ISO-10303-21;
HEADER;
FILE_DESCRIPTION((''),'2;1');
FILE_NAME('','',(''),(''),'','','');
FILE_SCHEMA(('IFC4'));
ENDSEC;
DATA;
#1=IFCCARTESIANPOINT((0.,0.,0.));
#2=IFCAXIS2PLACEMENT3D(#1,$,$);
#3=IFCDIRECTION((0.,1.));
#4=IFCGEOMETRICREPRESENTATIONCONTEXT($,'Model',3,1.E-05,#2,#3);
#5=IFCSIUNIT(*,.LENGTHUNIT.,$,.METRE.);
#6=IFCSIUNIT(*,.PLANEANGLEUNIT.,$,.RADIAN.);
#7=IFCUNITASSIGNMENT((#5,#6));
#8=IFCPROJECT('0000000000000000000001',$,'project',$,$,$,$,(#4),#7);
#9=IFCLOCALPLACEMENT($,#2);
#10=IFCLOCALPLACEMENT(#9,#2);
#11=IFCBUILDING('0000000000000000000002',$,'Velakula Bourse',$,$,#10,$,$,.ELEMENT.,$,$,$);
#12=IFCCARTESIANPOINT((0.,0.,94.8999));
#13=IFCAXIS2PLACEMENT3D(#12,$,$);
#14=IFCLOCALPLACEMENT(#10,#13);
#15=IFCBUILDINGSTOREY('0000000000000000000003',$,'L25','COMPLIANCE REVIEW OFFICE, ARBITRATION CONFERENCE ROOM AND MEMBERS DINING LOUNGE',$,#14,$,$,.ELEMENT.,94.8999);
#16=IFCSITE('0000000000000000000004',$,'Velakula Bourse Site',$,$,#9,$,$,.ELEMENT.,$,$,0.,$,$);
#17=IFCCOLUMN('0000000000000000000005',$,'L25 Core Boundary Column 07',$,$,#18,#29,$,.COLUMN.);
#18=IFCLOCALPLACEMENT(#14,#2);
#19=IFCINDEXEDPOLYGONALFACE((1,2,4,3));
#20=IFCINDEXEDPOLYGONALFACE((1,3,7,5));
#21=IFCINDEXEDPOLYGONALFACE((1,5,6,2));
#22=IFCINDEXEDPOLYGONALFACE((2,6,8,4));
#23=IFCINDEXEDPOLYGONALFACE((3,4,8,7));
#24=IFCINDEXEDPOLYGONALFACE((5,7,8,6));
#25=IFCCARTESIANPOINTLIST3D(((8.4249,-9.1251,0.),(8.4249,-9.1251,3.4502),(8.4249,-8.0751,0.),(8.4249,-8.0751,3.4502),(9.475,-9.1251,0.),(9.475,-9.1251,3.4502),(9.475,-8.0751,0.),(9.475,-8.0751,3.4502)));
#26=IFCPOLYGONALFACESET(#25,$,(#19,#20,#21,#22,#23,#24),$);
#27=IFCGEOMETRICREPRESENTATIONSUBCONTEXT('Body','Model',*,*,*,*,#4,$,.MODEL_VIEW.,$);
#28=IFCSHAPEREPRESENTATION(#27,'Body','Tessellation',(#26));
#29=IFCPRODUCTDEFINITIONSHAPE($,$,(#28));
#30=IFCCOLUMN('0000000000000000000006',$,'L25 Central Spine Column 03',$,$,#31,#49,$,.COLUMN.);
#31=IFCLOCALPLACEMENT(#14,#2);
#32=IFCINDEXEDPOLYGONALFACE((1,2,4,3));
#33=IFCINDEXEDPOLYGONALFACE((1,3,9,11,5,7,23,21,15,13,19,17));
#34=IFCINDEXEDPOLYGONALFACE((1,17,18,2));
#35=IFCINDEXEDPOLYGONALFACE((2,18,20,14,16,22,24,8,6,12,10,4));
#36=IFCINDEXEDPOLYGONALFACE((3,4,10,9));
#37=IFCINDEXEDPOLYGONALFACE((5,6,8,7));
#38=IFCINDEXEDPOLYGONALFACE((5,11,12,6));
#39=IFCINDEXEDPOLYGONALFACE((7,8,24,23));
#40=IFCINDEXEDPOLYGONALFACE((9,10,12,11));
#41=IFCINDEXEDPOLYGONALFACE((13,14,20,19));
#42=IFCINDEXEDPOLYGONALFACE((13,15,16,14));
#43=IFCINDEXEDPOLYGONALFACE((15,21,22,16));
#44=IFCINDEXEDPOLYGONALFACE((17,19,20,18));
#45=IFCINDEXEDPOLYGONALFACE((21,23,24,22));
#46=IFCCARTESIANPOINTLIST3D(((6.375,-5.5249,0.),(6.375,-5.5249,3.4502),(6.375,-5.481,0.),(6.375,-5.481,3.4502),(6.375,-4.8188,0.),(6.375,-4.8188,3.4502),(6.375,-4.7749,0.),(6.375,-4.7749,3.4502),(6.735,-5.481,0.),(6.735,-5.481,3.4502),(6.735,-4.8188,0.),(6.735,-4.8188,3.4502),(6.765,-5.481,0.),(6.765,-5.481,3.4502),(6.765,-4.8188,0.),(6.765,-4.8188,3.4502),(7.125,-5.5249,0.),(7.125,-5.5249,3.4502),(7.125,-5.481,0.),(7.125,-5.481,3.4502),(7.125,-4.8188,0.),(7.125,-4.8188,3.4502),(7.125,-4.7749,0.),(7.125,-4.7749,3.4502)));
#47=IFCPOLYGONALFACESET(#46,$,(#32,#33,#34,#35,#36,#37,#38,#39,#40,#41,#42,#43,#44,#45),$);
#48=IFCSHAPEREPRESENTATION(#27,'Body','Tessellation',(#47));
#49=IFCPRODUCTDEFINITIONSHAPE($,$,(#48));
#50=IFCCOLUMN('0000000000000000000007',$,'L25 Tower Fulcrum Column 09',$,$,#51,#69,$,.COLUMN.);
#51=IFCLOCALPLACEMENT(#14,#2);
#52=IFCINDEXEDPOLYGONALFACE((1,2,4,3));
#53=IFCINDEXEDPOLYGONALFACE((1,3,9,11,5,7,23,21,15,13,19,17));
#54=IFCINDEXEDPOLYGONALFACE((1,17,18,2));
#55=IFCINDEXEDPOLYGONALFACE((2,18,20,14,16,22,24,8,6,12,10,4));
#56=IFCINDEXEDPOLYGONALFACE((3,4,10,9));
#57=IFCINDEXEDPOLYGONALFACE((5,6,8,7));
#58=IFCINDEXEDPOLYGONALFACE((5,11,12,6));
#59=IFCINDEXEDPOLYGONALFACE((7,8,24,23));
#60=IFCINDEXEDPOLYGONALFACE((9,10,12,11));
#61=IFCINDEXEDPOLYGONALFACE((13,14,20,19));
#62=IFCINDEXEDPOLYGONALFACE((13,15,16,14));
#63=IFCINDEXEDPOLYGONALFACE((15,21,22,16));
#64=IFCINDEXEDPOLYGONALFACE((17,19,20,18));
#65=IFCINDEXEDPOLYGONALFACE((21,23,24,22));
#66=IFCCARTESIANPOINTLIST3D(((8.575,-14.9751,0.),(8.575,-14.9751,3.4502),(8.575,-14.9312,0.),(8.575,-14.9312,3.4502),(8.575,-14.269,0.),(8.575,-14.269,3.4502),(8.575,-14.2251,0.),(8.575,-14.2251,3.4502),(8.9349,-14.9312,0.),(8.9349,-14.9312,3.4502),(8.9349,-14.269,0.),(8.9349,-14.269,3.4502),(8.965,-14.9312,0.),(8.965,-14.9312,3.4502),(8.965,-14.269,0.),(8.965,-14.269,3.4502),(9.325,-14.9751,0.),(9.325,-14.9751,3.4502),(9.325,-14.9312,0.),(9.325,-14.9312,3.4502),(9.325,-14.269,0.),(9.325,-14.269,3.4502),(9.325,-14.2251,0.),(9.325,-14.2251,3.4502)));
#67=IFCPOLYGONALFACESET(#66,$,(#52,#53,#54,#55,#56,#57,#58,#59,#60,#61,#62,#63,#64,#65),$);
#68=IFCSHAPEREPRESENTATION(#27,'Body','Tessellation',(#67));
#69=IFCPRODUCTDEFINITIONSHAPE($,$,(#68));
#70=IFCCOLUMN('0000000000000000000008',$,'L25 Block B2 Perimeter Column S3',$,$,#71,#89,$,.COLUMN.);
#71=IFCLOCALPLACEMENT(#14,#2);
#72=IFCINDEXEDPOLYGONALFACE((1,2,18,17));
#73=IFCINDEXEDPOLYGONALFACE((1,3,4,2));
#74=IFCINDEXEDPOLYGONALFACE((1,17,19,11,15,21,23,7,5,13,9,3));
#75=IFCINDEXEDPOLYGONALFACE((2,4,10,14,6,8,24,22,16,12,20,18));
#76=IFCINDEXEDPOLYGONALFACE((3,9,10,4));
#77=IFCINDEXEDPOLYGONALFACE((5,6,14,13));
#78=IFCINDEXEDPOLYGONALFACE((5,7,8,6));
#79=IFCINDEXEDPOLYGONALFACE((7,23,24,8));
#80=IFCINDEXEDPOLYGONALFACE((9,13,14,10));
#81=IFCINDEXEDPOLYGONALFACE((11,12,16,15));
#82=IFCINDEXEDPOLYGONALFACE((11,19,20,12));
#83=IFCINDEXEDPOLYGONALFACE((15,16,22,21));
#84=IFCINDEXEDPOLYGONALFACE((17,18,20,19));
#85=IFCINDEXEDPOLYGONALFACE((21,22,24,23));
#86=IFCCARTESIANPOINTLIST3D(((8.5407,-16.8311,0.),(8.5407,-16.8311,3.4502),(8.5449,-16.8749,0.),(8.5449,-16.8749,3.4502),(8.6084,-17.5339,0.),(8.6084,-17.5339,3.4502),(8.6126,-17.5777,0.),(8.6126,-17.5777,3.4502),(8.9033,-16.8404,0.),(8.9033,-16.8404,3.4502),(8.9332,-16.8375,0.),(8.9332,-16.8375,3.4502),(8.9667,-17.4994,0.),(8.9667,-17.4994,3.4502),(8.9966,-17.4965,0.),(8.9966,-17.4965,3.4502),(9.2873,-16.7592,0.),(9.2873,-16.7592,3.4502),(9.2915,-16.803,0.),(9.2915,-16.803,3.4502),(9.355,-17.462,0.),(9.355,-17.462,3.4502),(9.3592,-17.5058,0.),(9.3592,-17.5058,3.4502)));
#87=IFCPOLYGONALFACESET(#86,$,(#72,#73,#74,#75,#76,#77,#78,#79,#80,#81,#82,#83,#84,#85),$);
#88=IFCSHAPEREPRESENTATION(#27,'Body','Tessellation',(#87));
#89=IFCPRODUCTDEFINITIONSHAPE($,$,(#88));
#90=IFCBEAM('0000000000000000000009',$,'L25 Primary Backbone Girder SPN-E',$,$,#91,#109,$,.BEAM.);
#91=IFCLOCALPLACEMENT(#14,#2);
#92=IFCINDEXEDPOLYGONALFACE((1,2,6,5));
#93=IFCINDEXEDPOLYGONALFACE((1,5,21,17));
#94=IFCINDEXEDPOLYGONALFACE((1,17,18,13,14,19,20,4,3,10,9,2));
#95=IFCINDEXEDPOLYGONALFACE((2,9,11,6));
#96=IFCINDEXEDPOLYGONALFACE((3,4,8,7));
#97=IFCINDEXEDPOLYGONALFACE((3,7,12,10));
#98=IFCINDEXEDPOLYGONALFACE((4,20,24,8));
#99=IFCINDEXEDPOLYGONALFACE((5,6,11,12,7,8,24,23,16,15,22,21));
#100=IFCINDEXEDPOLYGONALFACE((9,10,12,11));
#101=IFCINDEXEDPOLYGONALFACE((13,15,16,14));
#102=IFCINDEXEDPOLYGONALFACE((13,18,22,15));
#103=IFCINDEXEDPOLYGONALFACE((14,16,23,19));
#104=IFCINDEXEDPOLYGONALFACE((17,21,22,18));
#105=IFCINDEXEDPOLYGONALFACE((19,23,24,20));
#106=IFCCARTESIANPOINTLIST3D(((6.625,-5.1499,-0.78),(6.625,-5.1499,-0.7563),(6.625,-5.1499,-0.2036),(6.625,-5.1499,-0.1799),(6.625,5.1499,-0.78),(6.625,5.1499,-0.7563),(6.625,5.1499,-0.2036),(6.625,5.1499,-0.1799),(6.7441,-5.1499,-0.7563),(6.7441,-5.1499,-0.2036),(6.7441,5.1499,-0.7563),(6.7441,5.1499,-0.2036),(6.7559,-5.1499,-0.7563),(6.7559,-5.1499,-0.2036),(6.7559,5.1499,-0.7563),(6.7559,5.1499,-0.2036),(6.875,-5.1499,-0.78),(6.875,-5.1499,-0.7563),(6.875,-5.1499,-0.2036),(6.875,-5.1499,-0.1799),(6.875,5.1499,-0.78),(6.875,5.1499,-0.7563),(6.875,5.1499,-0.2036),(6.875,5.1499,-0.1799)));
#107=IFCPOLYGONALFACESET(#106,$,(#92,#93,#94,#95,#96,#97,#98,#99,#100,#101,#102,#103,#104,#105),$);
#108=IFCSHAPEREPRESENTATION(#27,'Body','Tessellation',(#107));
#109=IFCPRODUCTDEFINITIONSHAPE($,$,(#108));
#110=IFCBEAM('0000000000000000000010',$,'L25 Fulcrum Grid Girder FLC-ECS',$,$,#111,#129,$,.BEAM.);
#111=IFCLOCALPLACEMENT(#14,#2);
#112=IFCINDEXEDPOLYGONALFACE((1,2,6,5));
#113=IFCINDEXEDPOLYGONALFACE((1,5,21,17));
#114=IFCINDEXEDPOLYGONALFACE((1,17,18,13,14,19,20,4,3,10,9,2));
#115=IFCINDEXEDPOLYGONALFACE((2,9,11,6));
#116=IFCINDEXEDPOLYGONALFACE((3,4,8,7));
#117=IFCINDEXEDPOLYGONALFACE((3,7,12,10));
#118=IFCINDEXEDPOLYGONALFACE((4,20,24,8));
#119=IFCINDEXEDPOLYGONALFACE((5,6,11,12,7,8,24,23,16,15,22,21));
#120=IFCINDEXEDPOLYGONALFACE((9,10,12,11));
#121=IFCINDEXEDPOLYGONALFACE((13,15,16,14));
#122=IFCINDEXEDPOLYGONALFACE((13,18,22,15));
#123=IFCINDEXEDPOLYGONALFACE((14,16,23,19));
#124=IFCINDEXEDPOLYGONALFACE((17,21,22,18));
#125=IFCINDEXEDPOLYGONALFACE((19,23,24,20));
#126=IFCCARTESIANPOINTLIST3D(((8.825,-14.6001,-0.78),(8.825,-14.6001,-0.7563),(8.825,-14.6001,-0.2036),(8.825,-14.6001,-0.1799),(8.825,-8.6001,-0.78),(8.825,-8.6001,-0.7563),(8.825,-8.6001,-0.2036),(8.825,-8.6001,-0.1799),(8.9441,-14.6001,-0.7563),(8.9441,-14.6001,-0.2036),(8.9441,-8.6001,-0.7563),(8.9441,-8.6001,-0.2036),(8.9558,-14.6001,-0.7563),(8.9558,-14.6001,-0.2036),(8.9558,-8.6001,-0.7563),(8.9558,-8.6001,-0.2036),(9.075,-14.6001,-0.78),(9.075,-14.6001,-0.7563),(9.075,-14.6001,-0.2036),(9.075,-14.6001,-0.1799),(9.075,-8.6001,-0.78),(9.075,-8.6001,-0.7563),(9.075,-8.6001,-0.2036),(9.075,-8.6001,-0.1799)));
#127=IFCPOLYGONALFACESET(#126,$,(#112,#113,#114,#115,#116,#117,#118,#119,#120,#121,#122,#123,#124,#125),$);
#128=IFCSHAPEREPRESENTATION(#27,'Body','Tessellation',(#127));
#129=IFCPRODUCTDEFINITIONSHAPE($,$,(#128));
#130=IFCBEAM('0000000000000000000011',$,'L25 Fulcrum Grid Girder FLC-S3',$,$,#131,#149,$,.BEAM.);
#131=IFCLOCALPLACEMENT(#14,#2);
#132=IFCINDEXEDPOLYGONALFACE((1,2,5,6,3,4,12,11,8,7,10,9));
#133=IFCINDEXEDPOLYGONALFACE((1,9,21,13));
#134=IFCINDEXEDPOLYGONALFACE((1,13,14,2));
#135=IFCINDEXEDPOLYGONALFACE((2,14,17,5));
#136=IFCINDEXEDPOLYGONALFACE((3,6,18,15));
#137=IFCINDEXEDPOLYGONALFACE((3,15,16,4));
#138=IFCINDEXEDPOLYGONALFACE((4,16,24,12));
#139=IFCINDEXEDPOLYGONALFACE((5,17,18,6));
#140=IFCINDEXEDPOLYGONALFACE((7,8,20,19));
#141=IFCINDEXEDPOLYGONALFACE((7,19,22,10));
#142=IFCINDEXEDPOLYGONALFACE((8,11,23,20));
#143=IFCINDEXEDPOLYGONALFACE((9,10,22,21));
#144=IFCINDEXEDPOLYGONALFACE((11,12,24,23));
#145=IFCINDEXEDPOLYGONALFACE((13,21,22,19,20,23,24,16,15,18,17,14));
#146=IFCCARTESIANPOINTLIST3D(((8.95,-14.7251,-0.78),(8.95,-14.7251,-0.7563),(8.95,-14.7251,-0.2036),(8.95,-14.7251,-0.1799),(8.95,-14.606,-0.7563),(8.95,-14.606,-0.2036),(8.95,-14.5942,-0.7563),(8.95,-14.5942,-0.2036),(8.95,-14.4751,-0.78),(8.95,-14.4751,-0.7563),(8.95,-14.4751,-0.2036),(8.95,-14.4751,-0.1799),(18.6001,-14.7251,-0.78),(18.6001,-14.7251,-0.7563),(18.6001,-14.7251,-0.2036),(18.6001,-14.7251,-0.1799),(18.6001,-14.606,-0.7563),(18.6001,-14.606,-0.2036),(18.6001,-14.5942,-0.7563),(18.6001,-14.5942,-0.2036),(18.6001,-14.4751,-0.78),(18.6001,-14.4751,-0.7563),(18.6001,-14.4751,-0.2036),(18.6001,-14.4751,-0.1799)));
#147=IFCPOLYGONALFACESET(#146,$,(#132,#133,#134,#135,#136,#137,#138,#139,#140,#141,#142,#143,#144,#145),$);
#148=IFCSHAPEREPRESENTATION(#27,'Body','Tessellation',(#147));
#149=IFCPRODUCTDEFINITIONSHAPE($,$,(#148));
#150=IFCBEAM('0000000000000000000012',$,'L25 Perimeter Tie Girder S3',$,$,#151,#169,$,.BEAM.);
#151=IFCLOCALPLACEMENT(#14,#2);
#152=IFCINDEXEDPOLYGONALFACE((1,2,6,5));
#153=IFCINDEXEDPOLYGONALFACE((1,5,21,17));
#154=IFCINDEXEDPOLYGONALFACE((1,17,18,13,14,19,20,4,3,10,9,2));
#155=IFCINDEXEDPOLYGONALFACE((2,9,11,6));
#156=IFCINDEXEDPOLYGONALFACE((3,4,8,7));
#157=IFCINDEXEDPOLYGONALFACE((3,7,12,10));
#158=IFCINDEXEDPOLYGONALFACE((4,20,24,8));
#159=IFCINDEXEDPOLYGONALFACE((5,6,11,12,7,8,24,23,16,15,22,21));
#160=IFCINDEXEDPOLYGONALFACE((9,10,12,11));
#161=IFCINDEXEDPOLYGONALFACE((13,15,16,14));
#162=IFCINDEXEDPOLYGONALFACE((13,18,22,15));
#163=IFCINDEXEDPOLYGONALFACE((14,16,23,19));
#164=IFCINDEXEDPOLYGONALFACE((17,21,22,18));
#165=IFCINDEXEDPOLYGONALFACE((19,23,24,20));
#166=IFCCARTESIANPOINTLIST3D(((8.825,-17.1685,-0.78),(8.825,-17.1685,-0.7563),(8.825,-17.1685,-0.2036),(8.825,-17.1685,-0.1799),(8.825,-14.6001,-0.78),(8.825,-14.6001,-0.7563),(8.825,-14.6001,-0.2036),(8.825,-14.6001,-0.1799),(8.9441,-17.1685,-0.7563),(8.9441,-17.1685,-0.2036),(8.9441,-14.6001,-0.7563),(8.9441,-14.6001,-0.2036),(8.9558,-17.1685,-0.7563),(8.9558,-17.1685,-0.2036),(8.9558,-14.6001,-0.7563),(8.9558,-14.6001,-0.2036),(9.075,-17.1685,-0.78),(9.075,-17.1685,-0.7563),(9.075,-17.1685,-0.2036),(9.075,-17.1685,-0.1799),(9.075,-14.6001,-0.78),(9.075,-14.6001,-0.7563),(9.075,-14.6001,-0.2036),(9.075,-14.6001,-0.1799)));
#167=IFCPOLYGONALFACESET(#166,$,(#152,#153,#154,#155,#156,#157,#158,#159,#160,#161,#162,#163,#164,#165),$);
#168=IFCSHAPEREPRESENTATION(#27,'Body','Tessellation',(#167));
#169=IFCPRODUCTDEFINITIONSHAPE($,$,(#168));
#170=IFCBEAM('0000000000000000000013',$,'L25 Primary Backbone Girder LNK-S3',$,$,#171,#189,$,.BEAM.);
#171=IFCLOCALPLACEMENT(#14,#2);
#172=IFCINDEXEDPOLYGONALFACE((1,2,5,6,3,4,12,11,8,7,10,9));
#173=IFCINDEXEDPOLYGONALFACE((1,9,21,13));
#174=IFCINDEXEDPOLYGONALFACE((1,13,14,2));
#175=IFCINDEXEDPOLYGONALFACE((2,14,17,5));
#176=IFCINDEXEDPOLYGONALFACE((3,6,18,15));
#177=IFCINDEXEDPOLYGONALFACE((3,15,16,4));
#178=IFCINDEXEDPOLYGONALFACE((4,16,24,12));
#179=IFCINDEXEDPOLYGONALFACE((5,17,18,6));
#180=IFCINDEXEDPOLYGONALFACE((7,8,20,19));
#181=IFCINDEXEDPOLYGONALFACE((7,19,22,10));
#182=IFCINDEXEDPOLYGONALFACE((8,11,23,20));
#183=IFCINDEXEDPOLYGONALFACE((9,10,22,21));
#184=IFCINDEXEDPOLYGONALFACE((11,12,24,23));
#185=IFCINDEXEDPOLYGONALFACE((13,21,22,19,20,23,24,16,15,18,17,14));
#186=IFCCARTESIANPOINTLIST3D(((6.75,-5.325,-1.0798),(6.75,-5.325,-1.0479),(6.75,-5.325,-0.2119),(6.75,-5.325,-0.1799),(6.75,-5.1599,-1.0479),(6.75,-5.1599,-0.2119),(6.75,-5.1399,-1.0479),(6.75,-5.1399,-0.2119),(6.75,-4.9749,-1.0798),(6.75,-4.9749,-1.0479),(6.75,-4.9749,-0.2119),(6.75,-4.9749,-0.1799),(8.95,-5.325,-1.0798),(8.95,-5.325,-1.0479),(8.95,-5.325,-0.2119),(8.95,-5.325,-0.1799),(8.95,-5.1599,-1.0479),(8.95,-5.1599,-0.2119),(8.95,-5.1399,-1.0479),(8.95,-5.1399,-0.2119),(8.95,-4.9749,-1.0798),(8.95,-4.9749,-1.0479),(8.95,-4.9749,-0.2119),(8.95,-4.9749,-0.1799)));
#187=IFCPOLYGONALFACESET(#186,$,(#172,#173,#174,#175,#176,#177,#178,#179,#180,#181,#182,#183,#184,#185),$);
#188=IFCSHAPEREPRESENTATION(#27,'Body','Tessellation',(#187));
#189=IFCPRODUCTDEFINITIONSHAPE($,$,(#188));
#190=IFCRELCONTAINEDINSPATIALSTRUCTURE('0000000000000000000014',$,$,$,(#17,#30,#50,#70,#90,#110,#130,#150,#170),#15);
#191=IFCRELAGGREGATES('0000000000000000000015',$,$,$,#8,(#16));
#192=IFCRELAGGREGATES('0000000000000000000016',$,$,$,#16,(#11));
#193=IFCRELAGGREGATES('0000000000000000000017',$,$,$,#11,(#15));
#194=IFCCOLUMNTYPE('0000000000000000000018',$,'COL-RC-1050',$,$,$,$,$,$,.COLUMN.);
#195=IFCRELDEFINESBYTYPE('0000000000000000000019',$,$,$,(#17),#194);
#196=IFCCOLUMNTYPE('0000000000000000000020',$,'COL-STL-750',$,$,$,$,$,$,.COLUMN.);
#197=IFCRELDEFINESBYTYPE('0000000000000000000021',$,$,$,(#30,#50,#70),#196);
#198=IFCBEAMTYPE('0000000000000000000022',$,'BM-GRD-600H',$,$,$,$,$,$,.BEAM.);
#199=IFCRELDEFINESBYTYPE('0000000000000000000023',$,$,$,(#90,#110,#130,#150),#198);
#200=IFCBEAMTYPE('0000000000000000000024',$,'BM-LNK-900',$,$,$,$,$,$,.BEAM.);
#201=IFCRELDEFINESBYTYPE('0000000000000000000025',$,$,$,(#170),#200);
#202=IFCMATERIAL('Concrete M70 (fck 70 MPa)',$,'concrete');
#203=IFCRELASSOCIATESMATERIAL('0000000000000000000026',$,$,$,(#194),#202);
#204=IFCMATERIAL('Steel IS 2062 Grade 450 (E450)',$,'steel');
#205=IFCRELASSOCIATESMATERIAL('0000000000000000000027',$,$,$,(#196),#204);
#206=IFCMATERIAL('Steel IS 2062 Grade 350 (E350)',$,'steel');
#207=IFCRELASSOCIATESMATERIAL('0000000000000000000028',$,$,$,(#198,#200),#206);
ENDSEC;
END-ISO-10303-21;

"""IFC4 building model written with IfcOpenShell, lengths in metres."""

from ifc_helpers import new_model, si_unit, direction, frame, origin, origin_2d, place, context, subcontext, project, spatial, rectangle, i_section, extrude, material, material_profile, profile_set, type_object, element, save


model = new_model("IFC4")

# Units and contexts
model_context = context("Model", 3, precision=1e-05, world=origin(), true_north=direction((0.0, 1.0)))
body_context = subcontext(model_context, "Body", "Model", "MODEL_VIEW")
ifc_project = project(units=[si_unit("LENGTHUNIT", "METRE"), si_unit("PLANEANGLEUNIT", "RADIAN")], contexts=[model_context])

# Site, building, storey
site_placement = place(None, origin())
site = spatial("IfcSite", under=ifc_project, at=site_placement, Name="Velakula Bourse Site", CompositionType="ELEMENT", RefElevation=0.0)
building_placement = place(site_placement, origin())
building = spatial("IfcBuilding", under=site, at=building_placement, Name="Velakula Bourse", CompositionType="ELEMENT")
storey_placement = place(building_placement, frame((0.0, 0.0, 94.8999)))
storey = spatial("IfcBuildingStorey", under=building, at=storey_placement, Name="L25", Description="COMPLIANCE REVIEW OFFICE, ARBITRATION CONFERENCE ROOM AND MEMBERS DINING LOUNGE", CompositionType="ELEMENT", Elevation=94.8999)

# Columns
ifc_material_1 = material(Name="Concrete M70 (fck 70 MPa)", Category="concrete")
ifc_material_profile_1 = material_profile(ifc_material_1, rectangle(XDim=1.05, YDim=1.05, at=origin_2d()), Name="Concrete M70 (fck 70 MPa)")
ifc_profile_set_1 = profile_set([ifc_material_profile_1], Name="Concrete M70 (fck 70 MPa)")
column_type_1 = type_object("IfcColumnType", Name="COL-RC-1050", PredefinedType="COLUMN", material=ifc_profile_set_1)
column_placement = place(storey_placement, frame((8.95, -8.6001, 0.0), z_axis=(0.0, 0.0, 1.0), x_axis=(1.0, 0.0, 0.0)))
element("IfcColumn", 1, at=column_placement, inside=storey, type_object=column_type_1, Name="L25 Core Boundary Column 07", PredefinedType="COLUMN", context=body_context, shape_type="SweptSolid", body=[
    extrude(rectangle(XDim=1.05, YDim=1.05, at=origin_2d()), origin(), (0.0, 0.0, 1.0), 3.4502),
])
ifc_material_2 = material(Name="Steel IS 2062 Grade 450 (E450)", Category="steel")
ifc_material_profile_2 = material_profile(ifc_material_2, i_section(OverallWidth=0.75, OverallDepth=0.75, WebThickness=0.03, FlangeThickness=0.0439, at=origin_2d()), Name="Steel IS 2062 Grade 450 (E450)")
ifc_profile_set_2 = profile_set([ifc_material_profile_2], Name="Steel IS 2062 Grade 450 (E450)")
column_type_2 = type_object("IfcColumnType", Name="COL-STL-750", PredefinedType="COLUMN", material=ifc_profile_set_2)
for number, where, z_axis, x_axis, name in (
    (2, (6.75, -5.1499, 0.0), (0.0, 0.0, 1.0), (1.0, 0.0, 0.0), "L25 Central Spine Column 03"),
    (3, (8.95, -14.6001, 0.0), (0.0, 0.0, 1.0), (1.0, 0.0, 0.0), "L25 Tower Fulcrum Column 09"),
    (4, (8.95, -17.1685, 0.0), (0.0, 0.0, 1.0), (0.995396, 0.095846, 0.0), "L25 Block B2 Perimeter Column S3"),
):
    element("IfcColumn", number, at=place(storey_placement, frame(where, z_axis=z_axis, x_axis=x_axis)), inside=storey, type_object=column_type_2, Name=name, PredefinedType="COLUMN", context=body_context, shape_type="SweptSolid", body=[
        extrude(i_section(OverallWidth=0.75, OverallDepth=0.75, WebThickness=0.03, FlangeThickness=0.0439, at=origin_2d()), origin(), (0.0, 0.0, 1.0), 3.4502),
    ])

# Beams
ifc_material_3 = material(Name="Steel IS 2062 Grade 350 (E350)", Category="steel")
ifc_material_profile_3 = material_profile(ifc_material_3, i_section(OverallWidth=0.25, OverallDepth=0.6001, WebThickness=0.0117, FlangeThickness=0.0237, at=origin_2d()), Name="Steel IS 2062 Grade 350 (E350)")
ifc_profile_set_3 = profile_set([ifc_material_profile_3], Name="Steel IS 2062 Grade 350 (E350)")
beam_type_1 = type_object("IfcBeamType", Name="BM-GRD-600H", PredefinedType="BEAM", material=ifc_profile_set_3)
beam_1_placement = place(storey_placement, frame((6.75, -5.1499, -0.48), z_axis=(0.0, 1.0, 0.0), x_axis=(-1.0, 0.0, 0.0)))
element("IfcBeam", 5, at=beam_1_placement, inside=storey, type_object=beam_type_1, Name="L25 Primary Backbone Girder SPN-E", PredefinedType="BEAM", context=body_context, shape_type="SweptSolid", body=[
    extrude(i_section(OverallWidth=0.25, OverallDepth=0.6001, WebThickness=0.0117, FlangeThickness=0.0237, at=origin_2d()), origin(), (0.0, 0.0, 1.0), 10.2998),
])
beam_2_placement = place(storey_placement, frame((8.95, -14.6001, -0.48), z_axis=(0.0, 1.0, 0.0), x_axis=(-1.0, 0.0, 0.0)))
element("IfcBeam", 6, at=beam_2_placement, inside=storey, type_object=beam_type_1, Name="L25 Fulcrum Grid Girder FLC-ECS", PredefinedType="BEAM", context=body_context, shape_type="SweptSolid", body=[
    extrude(i_section(OverallWidth=0.25, OverallDepth=0.6001, WebThickness=0.0117, FlangeThickness=0.0237, at=origin_2d()), origin(), (0.0, 0.0, 1.0), 6.0),
])
beam_3_placement = place(storey_placement, frame((8.95, -14.6001, -0.48), z_axis=(1.0, 0.0, 0.0), x_axis=(0.0, 1.0, 0.0)))
element("IfcBeam", 7, at=beam_3_placement, inside=storey, type_object=beam_type_1, Name="L25 Fulcrum Grid Girder FLC-S3", PredefinedType="BEAM", context=body_context, shape_type="SweptSolid", body=[
    extrude(i_section(OverallWidth=0.25, OverallDepth=0.6001, WebThickness=0.0117, FlangeThickness=0.0237, at=origin_2d()), origin(), (0.0, 0.0, 1.0), 9.6501),
])
beam_4_placement = place(storey_placement, frame((8.95, -14.6001, -0.48), z_axis=(0.0, -1.0, 0.0), x_axis=(1.0, 0.0, 0.0)))
element("IfcBeam", 8, at=beam_4_placement, inside=storey, type_object=beam_type_1, Name="L25 Perimeter Tie Girder S3", PredefinedType="BEAM", context=body_context, shape_type="SweptSolid", body=[
    extrude(i_section(OverallWidth=0.25, OverallDepth=0.6001, WebThickness=0.0117, FlangeThickness=0.0237, at=origin_2d()), origin(), (0.0, 0.0, 1.0), 2.5684),
])
ifc_material_profile_4 = material_profile(ifc_material_3, i_section(OverallWidth=0.3501, OverallDepth=0.8999, WebThickness=0.02, FlangeThickness=0.032, at=origin_2d()), Name="Steel IS 2062 Grade 350 (E350)")
ifc_profile_set_4 = profile_set([ifc_material_profile_4], Name="Steel IS 2062 Grade 350 (E350)")
beam_type_2 = type_object("IfcBeamType", Name="BM-LNK-900", PredefinedType="BEAM", material=ifc_profile_set_4)
beam_5_placement = place(storey_placement, frame((6.75, -5.1499, -0.6299), z_axis=(1.0, 0.0, 0.0), x_axis=(0.0, 1.0, 0.0)))
element("IfcBeam", 9, at=beam_5_placement, inside=storey, type_object=beam_type_2, Name="L25 Primary Backbone Girder LNK-S3", PredefinedType="BEAM", context=body_context, shape_type="SweptSolid", body=[
    extrude(i_section(OverallWidth=0.3501, OverallDepth=0.8999, WebThickness=0.02, FlangeThickness=0.032, at=origin_2d()), origin(), (0.0, 0.0, 1.0), 2.2),
])

save(model, "model.ifc")
